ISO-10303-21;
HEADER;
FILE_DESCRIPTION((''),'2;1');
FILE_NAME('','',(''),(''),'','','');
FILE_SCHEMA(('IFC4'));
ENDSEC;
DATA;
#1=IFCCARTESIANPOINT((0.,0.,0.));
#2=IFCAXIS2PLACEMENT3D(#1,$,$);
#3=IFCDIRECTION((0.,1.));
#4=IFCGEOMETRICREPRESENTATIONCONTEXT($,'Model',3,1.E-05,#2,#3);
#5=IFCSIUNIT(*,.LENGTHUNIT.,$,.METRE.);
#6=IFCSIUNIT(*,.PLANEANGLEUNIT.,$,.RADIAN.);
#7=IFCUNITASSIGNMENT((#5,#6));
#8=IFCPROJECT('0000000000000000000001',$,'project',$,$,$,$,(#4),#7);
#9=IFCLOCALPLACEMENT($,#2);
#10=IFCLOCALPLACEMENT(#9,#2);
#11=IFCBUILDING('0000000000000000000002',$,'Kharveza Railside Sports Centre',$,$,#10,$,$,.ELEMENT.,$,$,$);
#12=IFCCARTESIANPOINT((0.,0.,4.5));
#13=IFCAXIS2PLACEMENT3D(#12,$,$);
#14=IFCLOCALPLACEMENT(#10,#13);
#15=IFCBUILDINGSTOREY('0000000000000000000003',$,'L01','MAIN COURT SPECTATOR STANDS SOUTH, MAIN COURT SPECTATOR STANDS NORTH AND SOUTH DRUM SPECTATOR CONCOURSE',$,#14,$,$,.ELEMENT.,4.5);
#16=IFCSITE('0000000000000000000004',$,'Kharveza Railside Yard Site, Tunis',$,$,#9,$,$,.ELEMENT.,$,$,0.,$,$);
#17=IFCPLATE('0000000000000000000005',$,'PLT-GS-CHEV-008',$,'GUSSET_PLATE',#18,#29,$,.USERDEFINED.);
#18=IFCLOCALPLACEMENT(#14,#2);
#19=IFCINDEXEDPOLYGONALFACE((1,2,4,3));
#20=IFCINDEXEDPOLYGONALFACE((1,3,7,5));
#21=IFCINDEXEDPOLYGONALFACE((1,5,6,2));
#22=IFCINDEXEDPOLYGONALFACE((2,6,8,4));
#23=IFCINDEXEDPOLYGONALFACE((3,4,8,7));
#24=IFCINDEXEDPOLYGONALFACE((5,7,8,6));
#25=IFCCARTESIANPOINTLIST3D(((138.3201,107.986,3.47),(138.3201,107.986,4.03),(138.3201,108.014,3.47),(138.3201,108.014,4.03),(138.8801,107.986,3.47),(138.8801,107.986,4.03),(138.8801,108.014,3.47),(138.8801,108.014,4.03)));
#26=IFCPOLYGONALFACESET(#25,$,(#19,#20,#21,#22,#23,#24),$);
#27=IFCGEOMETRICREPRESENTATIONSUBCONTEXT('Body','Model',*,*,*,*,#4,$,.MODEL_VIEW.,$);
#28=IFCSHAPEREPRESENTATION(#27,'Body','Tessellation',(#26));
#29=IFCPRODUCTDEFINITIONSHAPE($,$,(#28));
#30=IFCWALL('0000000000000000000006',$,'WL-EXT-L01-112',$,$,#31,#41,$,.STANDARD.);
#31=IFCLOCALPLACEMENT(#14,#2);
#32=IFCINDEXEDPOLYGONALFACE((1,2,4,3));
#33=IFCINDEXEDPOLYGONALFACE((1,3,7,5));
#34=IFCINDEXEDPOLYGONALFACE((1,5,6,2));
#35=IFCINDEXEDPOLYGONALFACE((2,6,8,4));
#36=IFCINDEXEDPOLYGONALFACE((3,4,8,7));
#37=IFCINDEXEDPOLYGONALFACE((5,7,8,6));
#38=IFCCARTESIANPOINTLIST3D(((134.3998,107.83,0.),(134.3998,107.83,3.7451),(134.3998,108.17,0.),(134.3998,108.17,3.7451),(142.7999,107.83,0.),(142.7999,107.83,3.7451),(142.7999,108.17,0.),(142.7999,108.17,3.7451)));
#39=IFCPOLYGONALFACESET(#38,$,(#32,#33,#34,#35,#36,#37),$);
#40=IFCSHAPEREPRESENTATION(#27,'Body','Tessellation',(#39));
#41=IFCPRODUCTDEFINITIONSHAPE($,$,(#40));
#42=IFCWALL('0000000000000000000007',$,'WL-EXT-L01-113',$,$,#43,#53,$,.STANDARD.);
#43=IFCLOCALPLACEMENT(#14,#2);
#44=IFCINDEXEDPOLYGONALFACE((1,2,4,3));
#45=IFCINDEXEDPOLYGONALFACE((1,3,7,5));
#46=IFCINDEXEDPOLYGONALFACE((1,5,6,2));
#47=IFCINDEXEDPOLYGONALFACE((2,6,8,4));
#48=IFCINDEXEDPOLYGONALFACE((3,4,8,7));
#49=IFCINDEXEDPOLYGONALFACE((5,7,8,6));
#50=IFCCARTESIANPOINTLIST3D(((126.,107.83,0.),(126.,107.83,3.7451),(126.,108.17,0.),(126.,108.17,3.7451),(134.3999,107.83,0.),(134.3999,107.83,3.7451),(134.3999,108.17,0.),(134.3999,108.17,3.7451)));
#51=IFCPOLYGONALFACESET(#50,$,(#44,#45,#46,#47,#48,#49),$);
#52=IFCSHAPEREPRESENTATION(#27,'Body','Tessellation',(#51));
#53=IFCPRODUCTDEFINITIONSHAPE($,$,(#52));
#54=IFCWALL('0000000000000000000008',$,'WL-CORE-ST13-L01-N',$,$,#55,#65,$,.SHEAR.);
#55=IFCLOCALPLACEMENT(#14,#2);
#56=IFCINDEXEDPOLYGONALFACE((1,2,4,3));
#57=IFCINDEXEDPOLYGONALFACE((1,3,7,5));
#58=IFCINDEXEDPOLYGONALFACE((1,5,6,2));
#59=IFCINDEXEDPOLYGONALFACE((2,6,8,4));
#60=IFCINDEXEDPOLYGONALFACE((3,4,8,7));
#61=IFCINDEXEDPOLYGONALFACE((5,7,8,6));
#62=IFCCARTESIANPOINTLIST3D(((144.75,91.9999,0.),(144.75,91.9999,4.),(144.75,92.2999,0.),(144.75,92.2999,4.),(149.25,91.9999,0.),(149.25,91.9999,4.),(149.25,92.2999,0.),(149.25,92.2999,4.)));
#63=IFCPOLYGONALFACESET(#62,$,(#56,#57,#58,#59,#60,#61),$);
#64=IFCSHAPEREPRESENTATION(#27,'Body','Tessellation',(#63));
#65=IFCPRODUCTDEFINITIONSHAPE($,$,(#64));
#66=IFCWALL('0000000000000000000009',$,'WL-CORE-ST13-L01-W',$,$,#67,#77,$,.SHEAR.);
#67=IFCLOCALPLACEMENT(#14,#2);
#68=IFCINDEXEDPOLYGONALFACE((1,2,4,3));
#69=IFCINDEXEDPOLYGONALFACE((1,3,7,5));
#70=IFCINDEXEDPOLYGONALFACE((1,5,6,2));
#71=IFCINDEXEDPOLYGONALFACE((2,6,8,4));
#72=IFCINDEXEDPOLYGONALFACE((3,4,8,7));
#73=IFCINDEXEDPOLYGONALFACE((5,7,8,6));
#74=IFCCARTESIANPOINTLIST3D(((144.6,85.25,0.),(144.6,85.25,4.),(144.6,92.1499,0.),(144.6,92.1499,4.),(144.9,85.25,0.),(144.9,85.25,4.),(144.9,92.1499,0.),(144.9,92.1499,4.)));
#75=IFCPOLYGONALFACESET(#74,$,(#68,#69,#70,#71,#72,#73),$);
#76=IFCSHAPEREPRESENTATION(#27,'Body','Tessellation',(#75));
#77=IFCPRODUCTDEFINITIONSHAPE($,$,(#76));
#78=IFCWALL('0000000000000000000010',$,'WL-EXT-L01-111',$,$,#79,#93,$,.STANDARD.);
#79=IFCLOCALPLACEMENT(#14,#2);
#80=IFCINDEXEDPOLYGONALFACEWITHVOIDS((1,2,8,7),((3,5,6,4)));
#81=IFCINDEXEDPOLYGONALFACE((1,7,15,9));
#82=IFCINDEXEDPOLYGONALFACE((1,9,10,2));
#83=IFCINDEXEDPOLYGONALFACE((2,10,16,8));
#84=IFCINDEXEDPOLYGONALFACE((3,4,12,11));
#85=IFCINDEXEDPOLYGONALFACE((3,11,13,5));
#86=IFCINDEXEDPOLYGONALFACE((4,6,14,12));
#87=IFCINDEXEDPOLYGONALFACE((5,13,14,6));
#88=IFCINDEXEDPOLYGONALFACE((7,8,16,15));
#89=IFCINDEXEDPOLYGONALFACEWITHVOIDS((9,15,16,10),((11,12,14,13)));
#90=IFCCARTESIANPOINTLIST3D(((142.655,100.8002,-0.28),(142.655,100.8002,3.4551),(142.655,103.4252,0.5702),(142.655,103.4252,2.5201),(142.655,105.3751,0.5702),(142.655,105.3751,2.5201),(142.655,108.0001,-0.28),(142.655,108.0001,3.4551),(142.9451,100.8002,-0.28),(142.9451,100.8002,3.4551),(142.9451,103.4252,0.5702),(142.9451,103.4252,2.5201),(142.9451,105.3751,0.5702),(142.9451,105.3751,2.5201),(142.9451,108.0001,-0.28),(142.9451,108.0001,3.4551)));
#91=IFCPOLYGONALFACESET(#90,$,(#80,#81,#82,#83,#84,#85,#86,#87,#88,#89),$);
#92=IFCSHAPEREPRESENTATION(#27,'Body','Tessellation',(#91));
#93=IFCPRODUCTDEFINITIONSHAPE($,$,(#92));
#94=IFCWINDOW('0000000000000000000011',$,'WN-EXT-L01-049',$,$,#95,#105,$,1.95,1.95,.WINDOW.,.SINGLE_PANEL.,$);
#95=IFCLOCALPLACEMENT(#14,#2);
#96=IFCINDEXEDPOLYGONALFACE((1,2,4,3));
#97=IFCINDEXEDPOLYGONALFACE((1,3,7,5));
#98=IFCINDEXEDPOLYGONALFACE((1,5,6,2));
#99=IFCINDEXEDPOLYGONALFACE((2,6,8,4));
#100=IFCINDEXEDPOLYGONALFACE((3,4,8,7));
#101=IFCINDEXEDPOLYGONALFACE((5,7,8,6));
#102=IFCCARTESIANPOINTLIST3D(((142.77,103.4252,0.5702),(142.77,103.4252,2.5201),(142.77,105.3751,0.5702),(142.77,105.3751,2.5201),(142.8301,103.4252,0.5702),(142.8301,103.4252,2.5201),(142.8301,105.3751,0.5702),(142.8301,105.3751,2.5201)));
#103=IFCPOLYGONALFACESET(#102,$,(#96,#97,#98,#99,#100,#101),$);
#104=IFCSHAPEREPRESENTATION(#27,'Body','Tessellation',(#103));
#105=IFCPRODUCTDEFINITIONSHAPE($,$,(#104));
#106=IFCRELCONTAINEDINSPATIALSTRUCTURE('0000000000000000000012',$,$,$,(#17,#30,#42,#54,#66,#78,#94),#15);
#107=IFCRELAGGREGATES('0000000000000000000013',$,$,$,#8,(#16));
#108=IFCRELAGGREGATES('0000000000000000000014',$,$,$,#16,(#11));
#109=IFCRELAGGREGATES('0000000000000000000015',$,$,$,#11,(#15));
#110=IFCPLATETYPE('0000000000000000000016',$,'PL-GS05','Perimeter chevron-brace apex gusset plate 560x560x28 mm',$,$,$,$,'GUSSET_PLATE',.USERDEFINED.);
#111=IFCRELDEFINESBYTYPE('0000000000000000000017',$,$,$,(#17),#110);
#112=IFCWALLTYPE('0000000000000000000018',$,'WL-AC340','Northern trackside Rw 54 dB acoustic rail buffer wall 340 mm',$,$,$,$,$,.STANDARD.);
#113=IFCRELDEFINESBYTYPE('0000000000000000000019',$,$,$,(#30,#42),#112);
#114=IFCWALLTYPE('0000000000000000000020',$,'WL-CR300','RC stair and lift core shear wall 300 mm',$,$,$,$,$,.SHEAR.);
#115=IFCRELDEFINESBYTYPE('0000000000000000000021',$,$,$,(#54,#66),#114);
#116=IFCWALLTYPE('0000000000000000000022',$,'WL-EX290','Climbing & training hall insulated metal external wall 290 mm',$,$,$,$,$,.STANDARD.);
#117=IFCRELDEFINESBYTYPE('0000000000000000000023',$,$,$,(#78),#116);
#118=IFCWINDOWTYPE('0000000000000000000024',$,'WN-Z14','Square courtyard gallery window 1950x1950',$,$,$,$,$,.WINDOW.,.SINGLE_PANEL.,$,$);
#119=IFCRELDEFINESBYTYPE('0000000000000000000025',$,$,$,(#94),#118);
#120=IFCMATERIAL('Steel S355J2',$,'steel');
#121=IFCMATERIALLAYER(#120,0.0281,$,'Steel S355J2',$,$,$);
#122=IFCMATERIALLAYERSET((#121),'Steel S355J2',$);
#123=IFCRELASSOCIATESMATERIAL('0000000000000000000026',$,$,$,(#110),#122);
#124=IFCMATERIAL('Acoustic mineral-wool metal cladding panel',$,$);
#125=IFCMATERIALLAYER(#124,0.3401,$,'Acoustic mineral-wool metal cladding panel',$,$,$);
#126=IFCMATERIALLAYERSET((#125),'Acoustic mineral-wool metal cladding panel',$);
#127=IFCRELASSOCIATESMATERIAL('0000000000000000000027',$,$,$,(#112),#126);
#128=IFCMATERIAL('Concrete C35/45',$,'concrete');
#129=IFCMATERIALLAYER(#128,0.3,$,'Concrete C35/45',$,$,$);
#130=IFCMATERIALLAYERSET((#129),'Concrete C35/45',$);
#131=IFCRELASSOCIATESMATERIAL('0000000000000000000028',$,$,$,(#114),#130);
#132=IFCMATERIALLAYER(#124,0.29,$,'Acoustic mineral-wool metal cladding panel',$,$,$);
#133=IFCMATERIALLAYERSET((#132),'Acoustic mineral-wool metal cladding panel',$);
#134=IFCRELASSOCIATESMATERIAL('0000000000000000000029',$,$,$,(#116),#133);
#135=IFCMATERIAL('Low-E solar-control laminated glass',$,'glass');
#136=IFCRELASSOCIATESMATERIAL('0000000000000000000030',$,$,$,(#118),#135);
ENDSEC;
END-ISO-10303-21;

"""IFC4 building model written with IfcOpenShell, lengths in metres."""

from ifc_helpers import new_model, si_unit, direction, frame, frame_2d, origin, origin_2d, place, context, subcontext, project, spatial, rectangle, extrude, material, layer, layer_set, type_object, element, fill, save


model = new_model("IFC4")

# Units and contexts
model_context = context("Model", 3, precision=1e-05, world=origin(), true_north=direction((0.0, 1.0)))
body_context = subcontext(model_context, "Body", "Model", "MODEL_VIEW")
ifc_project = project(units=[si_unit("LENGTHUNIT", "METRE"), si_unit("PLANEANGLEUNIT", "RADIAN")], contexts=[model_context])

# Site, building, storey
site_placement = place(None, origin())
site = spatial("IfcSite", under=ifc_project, at=site_placement, Name="Kharveza Railside Yard Site, Tunis", CompositionType="ELEMENT", RefElevation=0.0)
building_placement = place(site_placement, origin())
building = spatial("IfcBuilding", under=site, at=building_placement, Name="Kharveza Railside Sports Centre", CompositionType="ELEMENT")
storey_placement = place(building_placement, frame((0.0, 0.0, 4.5)))
storey = spatial("IfcBuildingStorey", under=building, at=storey_placement, Name="L01", Description="MAIN COURT SPECTATOR STANDS SOUTH, MAIN COURT SPECTATOR STANDS NORTH AND SOUTH DRUM SPECTATOR CONCOURSE", CompositionType="ELEMENT", Elevation=4.5)

# Shared definitions
ifc_material_1 = material(Name="Steel S355J2", Category="steel")

# Plate
ifc_layer_1 = layer(ifc_material_1, 0.0281, Name="Steel S355J2")
ifc_layer_set_1 = layer_set([ifc_layer_1], Name="Steel S355J2")
plate_type_1 = type_object("IfcPlateType", Name="PL-GS05", Description="Perimeter chevron-brace apex gusset plate 560x560x28 mm", ElementType="GUSSET_PLATE", PredefinedType="USERDEFINED", material=ifc_layer_set_1)
plate_placement = place(storey_placement, frame((138.6001, 108.0, 3.47), z_axis=(0.0, 0.0, 1.0), x_axis=(1.0, 0.0, 0.0)))
element("IfcPlate", 1, at=plate_placement, inside=storey, type_object=plate_type_1, Name="PLT-GS-CHEV-008", ObjectType="GUSSET_PLATE", PredefinedType="USERDEFINED", context=body_context, shape_type="SweptSolid", body=[
    extrude(rectangle(XDim=0.5601, YDim=0.0281, at=origin_2d()), origin(), (0.0, 0.0, 1.0), 0.5601),
])

# Walls
ifc_material_2 = material(Name="Acoustic mineral-wool metal cladding panel")
ifc_layer_2 = layer(ifc_material_2, 0.3401, Name="Acoustic mineral-wool metal cladding panel")
ifc_layer_set_2 = layer_set([ifc_layer_2], Name="Acoustic mineral-wool metal cladding panel")
wall_type_1 = type_object("IfcWallType", Name="WL-AC340", Description="Northern trackside Rw 54 dB acoustic rail buffer wall 340 mm", PredefinedType="STANDARD", material=ifc_layer_set_2)
wall_1_placement = place(storey_placement, frame((142.8, 108.0, 0.0), z_axis=(0.0, 0.0, 1.0), x_axis=(-1.0, 0.0, 0.0)))
element("IfcWall", 2, at=wall_1_placement, inside=storey, type_object=wall_type_1, Name="WL-EXT-L01-112", PredefinedType="STANDARD", context=body_context, shape_type="SweptSolid", body=[
    extrude(rectangle(XDim=8.4001, YDim=0.3401, at=frame_2d((4.2002, 0.0))), origin(), (0.0, 0.0, 1.0), 3.7451),
])
wall_2_placement = place(storey_placement, frame((134.3999, 108.0, 0.0), z_axis=(0.0, 0.0, 1.0), x_axis=(-1.0, 0.0, 0.0)))
element("IfcWall", 3, at=wall_2_placement, inside=storey, type_object=wall_type_1, Name="WL-EXT-L01-113", PredefinedType="STANDARD", context=body_context, shape_type="SweptSolid", body=[
    extrude(rectangle(XDim=8.3999, YDim=0.3401, at=frame_2d((4.2, 0.0))), origin(), (0.0, 0.0, 1.0), 3.7451),
])
ifc_material_3 = material(Name="Concrete C35/45", Category="concrete")
ifc_layer_3 = layer(ifc_material_3, 0.3, Name="Concrete C35/45")
ifc_layer_set_3 = layer_set([ifc_layer_3], Name="Concrete C35/45")
wall_type_2 = type_object("IfcWallType", Name="WL-CR300", Description="RC stair and lift core shear wall 300 mm", PredefinedType="SHEAR", material=ifc_layer_set_3)
wall_3_placement = place(storey_placement, frame((149.25, 92.1499, 0.0), z_axis=(0.0, 0.0, 1.0), x_axis=(-1.0, 0.0, 0.0)))
element("IfcWall", 4, at=wall_3_placement, inside=storey, type_object=wall_type_2, Name="WL-CORE-ST13-L01-N", PredefinedType="SHEAR", context=body_context, shape_type="SweptSolid", body=[
    extrude(rectangle(XDim=4.5, YDim=0.3, at=frame_2d((2.25, 0.0))), origin(), (0.0, 0.0, 1.0), 4.0),
])
wall_4_placement = place(storey_placement, frame((144.75, 92.1499, 0.0), z_axis=(0.0, 0.0, 1.0), x_axis=(0.0, -1.0, 0.0)))
element("IfcWall", 5, at=wall_4_placement, inside=storey, type_object=wall_type_2, Name="WL-CORE-ST13-L01-W", PredefinedType="SHEAR", context=body_context, shape_type="SweptSolid", body=[
    extrude(rectangle(XDim=6.8999, YDim=0.3, at=frame_2d((3.45, 0.0))), origin(), (0.0, 0.0, 1.0), 4.0),
])

# Wall, opening, window
ifc_layer_4 = layer(ifc_material_2, 0.29, Name="Acoustic mineral-wool metal cladding panel")
ifc_layer_set_4 = layer_set([ifc_layer_4], Name="Acoustic mineral-wool metal cladding panel")
wall_type_3 = type_object("IfcWallType", Name="WL-EX290", Description="Climbing & training hall insulated metal external wall 290 mm", PredefinedType="STANDARD", material=ifc_layer_set_4)
wall_5_placement = place(storey_placement, frame((142.8, 100.8, -0.28), z_axis=(0.0, 0.0, 1.0), x_axis=(0.0, 1.0, 0.0)))
wall_5 = element("IfcWall", 6, at=wall_5_placement, inside=storey, type_object=wall_type_3, Name="WL-EXT-L01-111", PredefinedType="STANDARD", context=body_context, shape_type="SweptSolid", body=[
    extrude(rectangle(XDim=7.2, YDim=0.29, at=frame_2d((3.6001, 0.0))), origin(), (0.0, 0.0, 1.0), 3.7351),
])
opening_placement = place(wall_5_placement, frame((2.625, 0.0, 0.8501)))
opening = element("IfcOpeningElement", 7, at=opening_placement, cuts=wall_5, PredefinedType="OPENING", context=body_context, shape_type="SweptSolid", body=[
    extrude(rectangle(XDim=1.95, YDim=1.95, at=frame_2d((0.9751, 0.9751))), frame((0.0, 0.1699, 0.0), z_axis=(0.0, -1.0, 0.0), x_axis=(1.0, 0.0, 0.0)), (0.0, 0.0, 1.0), 0.3398),
])
ifc_material_4 = material(Name="Low-E solar-control laminated glass", Category="glass")
window_type = type_object("IfcWindowType", Name="WN-Z14", Description="Square courtyard gallery window 1950x1950", PartitioningType="SINGLE_PANEL", PredefinedType="WINDOW", material=ifc_material_4)
window_placement = place(opening_placement, origin())
window = element("IfcWindow", 8, at=window_placement, inside=storey, type_object=window_type, Name="WN-EXT-L01-049", OverallHeight=1.95, OverallWidth=1.95, PartitioningType="SINGLE_PANEL", PredefinedType="WINDOW", context=body_context, shape_type="SweptSolid", body=[
    extrude(rectangle(XDim=1.95, YDim=1.95, at=frame_2d((0.9751, 0.9751))), frame((0.0, 0.03, 0.0), z_axis=(0.0, -1.0, 0.0), x_axis=(1.0, 0.0, 0.0)), (0.0, 0.0, 1.0), 0.0601),
])
fill(opening, window)

save(model, "model.ifc")
